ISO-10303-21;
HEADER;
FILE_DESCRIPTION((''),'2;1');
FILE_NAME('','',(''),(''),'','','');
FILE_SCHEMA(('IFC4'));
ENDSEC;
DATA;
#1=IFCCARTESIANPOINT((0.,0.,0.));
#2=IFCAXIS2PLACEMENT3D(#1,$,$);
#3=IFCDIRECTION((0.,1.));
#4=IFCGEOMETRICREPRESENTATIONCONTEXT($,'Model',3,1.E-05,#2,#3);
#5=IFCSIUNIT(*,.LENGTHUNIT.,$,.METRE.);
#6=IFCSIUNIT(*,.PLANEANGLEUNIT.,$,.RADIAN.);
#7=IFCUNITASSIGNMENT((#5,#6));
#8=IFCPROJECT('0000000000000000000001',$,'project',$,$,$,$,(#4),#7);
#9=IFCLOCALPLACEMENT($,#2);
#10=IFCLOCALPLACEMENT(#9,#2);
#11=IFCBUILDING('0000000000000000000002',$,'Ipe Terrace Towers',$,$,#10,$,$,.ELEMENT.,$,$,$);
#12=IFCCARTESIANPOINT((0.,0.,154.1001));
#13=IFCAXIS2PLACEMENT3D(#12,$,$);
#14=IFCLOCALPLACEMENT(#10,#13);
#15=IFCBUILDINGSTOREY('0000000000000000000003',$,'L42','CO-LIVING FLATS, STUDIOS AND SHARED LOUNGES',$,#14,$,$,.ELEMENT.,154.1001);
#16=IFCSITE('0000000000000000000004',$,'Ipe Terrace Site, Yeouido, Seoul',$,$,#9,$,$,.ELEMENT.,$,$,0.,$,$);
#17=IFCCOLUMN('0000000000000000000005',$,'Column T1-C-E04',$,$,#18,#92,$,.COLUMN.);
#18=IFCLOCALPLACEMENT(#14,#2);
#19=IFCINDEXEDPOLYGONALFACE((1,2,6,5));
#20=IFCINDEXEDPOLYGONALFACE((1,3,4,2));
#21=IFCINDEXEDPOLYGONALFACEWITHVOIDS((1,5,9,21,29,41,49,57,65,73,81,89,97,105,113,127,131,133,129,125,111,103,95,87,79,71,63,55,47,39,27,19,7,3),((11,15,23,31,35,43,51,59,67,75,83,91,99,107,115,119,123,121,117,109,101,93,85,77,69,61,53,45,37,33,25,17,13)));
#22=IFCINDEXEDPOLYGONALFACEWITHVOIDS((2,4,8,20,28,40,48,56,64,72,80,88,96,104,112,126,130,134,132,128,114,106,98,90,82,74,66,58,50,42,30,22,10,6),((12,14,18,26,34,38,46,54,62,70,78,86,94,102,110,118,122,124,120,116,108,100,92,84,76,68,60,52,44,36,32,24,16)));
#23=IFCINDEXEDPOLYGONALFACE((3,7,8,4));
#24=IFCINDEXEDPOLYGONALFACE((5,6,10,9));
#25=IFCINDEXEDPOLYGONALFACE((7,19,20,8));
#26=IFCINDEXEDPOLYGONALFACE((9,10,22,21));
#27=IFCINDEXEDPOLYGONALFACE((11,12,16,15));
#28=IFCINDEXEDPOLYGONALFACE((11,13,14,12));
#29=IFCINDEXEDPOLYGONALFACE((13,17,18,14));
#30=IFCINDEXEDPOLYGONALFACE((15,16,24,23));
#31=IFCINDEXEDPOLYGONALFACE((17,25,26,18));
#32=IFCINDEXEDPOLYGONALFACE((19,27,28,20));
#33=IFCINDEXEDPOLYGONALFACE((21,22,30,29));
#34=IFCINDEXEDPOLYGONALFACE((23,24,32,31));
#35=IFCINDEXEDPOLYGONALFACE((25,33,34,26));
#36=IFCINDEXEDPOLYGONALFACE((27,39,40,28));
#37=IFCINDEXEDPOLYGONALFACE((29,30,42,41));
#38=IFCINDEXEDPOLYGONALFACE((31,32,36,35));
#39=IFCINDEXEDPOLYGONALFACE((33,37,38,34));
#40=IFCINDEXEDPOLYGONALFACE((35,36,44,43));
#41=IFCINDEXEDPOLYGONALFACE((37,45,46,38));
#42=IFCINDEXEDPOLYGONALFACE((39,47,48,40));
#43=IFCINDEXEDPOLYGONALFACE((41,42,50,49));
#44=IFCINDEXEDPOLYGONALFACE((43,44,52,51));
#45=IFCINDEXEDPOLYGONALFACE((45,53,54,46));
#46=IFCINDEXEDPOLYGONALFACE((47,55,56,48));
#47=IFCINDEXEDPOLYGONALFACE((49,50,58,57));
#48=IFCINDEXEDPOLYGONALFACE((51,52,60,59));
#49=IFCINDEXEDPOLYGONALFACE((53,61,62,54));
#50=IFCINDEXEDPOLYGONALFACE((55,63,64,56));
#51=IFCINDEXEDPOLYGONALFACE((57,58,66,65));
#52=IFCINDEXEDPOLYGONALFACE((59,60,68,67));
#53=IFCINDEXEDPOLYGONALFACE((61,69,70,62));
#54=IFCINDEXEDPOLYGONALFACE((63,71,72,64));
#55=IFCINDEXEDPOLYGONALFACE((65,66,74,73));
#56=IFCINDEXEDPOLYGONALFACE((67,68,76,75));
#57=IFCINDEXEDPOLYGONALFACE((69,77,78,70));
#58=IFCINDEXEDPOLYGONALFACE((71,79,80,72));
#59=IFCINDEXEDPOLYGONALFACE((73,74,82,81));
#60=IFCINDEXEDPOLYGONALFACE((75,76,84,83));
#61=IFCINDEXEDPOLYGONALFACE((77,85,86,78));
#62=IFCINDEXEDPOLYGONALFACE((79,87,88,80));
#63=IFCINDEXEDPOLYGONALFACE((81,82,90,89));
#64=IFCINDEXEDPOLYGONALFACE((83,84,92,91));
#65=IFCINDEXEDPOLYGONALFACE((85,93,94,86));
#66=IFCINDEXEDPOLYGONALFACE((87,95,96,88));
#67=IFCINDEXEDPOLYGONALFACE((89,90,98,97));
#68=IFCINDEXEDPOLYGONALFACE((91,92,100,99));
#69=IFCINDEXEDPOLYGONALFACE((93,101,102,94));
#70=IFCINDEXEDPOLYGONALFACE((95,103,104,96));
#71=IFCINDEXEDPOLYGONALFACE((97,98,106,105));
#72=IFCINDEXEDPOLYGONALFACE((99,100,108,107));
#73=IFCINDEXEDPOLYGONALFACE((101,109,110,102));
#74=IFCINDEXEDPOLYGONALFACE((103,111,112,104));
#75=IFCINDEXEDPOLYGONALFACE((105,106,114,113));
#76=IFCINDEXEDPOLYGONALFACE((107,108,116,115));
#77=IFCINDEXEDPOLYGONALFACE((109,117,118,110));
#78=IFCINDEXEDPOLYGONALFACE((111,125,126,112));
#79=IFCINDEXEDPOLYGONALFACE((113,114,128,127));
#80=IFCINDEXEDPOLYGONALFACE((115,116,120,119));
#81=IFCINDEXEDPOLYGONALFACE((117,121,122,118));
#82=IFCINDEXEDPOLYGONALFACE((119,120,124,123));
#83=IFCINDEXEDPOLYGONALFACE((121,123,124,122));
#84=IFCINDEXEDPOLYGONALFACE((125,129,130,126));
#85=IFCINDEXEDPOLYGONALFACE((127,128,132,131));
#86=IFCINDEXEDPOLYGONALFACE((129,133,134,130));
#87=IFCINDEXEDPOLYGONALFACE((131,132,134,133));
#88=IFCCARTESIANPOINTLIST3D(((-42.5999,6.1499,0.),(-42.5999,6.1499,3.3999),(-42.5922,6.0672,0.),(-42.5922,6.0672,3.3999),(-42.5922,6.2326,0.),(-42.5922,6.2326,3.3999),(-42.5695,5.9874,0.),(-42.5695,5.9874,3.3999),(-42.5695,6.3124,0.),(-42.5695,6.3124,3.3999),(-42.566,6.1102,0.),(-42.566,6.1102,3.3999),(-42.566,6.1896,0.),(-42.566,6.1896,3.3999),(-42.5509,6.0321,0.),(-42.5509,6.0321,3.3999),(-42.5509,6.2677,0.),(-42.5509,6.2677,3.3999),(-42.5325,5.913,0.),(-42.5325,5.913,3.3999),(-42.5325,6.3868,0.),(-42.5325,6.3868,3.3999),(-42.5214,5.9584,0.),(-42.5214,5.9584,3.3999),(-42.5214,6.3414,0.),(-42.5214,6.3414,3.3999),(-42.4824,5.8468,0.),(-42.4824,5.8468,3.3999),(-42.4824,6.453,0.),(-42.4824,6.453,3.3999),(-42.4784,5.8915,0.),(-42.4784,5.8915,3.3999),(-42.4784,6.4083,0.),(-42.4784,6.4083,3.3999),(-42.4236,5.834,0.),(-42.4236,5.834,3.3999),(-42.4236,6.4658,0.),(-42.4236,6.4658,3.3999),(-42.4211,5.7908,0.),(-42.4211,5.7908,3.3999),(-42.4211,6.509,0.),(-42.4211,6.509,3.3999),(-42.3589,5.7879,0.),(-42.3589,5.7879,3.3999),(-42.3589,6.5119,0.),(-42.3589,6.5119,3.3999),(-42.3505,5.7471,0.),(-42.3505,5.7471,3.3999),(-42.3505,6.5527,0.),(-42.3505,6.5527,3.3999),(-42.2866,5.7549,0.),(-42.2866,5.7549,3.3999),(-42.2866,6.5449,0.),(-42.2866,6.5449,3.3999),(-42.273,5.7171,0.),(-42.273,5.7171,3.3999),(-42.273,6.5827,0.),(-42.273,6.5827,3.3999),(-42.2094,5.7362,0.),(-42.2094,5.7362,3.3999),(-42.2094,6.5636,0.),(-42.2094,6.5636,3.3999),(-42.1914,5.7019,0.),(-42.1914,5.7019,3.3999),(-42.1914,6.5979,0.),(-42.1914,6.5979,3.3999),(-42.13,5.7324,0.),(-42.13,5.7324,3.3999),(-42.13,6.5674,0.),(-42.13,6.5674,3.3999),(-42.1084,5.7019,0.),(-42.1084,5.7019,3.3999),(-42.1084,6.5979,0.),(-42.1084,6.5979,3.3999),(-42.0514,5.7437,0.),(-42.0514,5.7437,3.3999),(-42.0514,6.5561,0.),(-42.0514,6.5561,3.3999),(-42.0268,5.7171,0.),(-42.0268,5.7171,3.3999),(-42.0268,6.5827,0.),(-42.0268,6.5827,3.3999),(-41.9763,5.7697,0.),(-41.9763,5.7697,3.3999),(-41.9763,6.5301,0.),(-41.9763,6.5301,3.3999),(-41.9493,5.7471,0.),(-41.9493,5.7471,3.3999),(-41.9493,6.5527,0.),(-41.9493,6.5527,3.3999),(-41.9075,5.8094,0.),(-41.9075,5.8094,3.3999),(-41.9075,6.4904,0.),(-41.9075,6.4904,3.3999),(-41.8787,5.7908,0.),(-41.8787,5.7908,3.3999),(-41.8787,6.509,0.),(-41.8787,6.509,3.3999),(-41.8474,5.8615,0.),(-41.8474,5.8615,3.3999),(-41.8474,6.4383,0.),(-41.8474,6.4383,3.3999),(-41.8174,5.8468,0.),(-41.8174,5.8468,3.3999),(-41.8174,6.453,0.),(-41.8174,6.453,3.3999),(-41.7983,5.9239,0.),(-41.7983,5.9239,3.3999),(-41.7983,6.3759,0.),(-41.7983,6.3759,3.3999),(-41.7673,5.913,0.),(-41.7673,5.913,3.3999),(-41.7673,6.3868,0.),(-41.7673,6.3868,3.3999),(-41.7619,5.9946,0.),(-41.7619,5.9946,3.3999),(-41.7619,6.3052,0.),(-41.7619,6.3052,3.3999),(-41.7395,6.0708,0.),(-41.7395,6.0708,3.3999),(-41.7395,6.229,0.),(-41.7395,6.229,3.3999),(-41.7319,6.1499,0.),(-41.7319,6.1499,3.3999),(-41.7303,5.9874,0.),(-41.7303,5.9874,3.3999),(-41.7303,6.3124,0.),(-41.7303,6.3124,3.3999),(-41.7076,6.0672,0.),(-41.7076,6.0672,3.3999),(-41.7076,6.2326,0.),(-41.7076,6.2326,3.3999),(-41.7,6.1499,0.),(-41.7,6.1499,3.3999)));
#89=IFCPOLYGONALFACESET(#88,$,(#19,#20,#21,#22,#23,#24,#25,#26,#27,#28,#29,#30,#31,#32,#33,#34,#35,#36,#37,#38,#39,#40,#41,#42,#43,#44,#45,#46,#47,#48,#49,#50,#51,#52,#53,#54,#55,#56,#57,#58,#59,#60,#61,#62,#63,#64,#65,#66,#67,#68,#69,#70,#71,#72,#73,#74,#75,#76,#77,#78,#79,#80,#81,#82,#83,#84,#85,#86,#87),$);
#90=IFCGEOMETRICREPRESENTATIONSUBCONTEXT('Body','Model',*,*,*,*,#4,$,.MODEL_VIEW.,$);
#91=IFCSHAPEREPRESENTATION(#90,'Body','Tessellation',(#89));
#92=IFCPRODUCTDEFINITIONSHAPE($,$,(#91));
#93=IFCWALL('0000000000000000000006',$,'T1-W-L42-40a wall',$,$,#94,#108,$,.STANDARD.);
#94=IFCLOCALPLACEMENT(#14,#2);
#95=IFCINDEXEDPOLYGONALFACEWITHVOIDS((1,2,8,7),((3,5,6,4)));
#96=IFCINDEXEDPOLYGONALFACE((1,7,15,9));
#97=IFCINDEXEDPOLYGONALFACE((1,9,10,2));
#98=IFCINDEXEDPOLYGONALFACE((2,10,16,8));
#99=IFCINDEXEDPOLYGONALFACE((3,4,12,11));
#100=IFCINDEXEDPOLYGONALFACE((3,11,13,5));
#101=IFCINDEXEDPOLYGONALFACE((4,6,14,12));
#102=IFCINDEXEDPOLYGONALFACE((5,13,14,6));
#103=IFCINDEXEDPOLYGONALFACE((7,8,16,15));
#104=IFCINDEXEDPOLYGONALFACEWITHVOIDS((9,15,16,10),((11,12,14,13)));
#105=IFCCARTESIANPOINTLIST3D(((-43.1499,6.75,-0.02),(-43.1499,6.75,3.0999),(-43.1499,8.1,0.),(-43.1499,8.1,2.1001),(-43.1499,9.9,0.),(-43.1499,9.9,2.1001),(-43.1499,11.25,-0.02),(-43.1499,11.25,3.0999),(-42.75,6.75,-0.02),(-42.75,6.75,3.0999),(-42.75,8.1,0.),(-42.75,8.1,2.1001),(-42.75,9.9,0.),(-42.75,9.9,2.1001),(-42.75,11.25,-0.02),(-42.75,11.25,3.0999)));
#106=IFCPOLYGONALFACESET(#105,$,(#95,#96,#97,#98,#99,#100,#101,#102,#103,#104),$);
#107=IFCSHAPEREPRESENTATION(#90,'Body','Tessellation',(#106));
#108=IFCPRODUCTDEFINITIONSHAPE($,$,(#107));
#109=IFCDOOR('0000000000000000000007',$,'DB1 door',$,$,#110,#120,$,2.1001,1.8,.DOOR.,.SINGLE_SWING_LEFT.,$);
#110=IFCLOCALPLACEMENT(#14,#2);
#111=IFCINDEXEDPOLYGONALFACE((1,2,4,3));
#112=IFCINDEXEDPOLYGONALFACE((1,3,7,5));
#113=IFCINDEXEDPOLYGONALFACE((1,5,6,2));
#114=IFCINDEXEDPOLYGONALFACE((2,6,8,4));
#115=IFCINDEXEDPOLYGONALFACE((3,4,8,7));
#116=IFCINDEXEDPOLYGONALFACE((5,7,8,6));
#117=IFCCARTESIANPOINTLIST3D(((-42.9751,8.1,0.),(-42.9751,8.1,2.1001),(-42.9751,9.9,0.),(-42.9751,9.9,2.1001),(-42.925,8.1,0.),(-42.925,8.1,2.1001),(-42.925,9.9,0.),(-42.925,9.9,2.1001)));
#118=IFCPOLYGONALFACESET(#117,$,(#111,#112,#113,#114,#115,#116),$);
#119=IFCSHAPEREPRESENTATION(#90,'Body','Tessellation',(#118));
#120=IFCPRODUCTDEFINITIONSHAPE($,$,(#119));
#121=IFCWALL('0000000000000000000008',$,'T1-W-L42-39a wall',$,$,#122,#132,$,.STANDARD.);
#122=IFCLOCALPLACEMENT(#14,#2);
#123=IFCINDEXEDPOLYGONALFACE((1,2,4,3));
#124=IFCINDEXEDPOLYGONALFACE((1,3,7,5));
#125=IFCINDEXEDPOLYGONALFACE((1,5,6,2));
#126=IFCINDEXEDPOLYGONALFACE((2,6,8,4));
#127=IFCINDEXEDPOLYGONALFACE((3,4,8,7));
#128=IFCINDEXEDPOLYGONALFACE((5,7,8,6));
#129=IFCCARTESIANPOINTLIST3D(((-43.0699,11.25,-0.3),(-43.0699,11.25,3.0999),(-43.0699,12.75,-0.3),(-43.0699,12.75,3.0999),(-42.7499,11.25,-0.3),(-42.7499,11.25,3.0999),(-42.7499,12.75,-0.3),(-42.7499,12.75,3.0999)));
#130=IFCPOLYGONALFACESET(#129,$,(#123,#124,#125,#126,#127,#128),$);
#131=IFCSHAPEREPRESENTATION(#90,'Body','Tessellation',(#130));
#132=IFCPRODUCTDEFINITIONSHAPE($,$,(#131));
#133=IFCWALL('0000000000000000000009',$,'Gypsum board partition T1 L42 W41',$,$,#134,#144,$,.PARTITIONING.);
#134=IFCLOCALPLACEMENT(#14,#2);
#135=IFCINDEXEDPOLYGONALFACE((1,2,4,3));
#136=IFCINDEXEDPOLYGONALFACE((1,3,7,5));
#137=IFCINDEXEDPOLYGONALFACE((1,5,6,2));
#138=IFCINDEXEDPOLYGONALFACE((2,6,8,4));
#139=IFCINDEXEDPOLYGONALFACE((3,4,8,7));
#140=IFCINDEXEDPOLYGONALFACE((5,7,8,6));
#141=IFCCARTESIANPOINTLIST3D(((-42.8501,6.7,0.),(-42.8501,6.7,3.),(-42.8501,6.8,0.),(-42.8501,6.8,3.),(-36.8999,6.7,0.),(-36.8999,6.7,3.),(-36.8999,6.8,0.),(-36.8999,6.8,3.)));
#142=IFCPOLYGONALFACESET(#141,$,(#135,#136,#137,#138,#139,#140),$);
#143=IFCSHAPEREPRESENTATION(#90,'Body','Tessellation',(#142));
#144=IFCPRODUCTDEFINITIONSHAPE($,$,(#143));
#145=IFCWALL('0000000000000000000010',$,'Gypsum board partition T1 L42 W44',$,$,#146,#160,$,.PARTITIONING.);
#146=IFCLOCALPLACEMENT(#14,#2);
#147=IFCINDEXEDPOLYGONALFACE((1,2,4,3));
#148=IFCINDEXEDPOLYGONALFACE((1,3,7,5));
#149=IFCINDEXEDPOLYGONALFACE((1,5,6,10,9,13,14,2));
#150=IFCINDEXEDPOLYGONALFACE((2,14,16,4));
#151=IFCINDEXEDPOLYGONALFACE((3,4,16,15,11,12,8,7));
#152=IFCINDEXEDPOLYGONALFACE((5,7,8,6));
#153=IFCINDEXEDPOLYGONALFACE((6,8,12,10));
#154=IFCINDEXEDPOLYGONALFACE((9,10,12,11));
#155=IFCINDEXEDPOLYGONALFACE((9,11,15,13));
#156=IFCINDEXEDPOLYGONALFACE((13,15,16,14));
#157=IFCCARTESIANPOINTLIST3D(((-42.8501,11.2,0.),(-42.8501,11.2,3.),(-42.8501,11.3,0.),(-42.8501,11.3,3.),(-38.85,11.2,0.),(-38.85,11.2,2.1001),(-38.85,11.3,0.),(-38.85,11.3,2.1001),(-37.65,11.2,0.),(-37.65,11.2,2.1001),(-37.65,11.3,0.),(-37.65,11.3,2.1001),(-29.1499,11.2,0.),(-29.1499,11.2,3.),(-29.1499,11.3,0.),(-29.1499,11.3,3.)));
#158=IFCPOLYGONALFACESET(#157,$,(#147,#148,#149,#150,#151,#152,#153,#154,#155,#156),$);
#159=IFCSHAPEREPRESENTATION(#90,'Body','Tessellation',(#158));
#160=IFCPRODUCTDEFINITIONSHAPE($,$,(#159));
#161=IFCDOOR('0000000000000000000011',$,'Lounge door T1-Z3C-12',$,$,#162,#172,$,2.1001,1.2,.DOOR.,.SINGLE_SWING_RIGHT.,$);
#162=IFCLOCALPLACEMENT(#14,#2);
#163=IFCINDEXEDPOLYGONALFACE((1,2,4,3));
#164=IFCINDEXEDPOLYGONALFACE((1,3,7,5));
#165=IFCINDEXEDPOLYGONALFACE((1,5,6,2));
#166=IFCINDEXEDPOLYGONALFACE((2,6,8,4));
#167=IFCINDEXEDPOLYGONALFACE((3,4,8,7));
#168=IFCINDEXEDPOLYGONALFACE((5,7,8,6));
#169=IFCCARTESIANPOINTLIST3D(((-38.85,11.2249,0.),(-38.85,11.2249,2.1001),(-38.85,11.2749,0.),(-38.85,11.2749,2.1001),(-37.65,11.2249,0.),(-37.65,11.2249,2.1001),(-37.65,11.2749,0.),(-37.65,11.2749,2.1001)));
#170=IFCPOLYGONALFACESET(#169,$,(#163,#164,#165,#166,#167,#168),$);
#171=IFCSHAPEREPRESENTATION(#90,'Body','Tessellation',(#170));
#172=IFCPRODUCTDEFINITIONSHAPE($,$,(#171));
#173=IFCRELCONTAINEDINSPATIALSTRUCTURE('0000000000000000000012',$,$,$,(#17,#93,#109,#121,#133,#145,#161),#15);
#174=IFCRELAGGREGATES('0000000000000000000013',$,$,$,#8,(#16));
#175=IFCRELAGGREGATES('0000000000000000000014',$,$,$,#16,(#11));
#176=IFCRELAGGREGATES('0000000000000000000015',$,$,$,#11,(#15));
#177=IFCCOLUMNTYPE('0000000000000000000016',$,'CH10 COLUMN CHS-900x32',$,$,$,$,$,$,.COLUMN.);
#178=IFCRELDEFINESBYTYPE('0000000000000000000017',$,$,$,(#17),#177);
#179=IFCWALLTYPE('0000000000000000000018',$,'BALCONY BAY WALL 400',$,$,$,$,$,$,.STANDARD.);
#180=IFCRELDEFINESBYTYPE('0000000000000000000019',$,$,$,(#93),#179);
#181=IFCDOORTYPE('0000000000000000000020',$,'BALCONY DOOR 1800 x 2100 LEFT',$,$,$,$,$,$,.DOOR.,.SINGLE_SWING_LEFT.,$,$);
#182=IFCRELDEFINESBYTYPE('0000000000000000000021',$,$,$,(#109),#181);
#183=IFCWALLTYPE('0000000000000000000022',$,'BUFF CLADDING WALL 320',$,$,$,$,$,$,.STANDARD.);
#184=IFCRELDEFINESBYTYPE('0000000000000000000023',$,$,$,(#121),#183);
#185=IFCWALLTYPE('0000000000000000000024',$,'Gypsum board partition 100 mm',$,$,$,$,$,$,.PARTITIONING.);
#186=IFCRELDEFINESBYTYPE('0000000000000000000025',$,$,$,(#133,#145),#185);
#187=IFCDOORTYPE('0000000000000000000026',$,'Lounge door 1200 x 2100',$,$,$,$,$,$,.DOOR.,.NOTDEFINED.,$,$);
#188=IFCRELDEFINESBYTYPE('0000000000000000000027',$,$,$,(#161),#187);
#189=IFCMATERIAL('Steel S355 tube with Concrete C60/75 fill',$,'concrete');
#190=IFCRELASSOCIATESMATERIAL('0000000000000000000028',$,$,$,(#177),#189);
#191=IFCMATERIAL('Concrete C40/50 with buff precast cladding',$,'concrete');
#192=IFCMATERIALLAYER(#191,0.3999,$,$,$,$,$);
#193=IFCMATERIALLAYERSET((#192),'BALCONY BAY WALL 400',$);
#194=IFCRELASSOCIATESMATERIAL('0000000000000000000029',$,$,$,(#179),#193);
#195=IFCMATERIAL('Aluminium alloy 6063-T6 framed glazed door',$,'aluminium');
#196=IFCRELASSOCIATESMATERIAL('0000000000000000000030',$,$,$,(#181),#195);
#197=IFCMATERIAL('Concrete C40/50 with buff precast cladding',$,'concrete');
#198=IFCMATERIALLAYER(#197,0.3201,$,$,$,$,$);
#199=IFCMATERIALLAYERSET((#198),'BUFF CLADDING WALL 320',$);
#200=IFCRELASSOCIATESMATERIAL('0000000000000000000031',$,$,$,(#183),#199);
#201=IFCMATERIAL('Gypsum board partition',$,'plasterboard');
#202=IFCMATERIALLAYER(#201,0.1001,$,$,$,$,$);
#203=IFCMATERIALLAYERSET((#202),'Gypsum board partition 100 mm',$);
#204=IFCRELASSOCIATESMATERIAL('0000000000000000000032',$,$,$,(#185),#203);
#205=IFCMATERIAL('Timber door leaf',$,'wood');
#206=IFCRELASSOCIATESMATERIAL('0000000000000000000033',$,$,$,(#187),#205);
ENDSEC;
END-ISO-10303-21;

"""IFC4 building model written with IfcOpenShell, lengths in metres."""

from ifc_helpers import new_model, si_unit, direction, frame, frame_2d, origin, origin_2d, place, context, subcontext, project, spatial, rectangle, hollow_circle, extrude, material, layer, layer_set, material_profile, profile_set, type_object, element, fill, save


model = new_model("IFC4")

# Units and contexts
model_context = context("Model", 3, precision=1e-05, world=origin(), true_north=direction((0.0, 1.0)))
body_context = subcontext(model_context, "Body", "Model", "MODEL_VIEW")
ifc_project = project(units=[si_unit("LENGTHUNIT", "METRE"), si_unit("PLANEANGLEUNIT", "RADIAN")], contexts=[model_context])

# Site, building, storey
site_placement = place(None, origin())
site = spatial("IfcSite", under=ifc_project, at=site_placement, Name="Ipe Terrace Site, Yeouido, Seoul", CompositionType="ELEMENT", RefElevation=0.0)
building_placement = place(site_placement, origin())
building = spatial("IfcBuilding", under=site, at=building_placement, Name="Ipe Terrace Towers", CompositionType="ELEMENT")
storey_placement = place(building_placement, frame((0.0, 0.0, 154.1001)))
storey = spatial("IfcBuildingStorey", under=building, at=storey_placement, Name="L42", Description="CO-LIVING FLATS, STUDIOS AND SHARED LOUNGES", CompositionType="ELEMENT", Elevation=154.1001)

# Column
ifc_material_1 = material(Name="Steel S355 tube with Concrete C60/75 fill", Category="concrete")
ifc_material_profile = material_profile(ifc_material_1, hollow_circle(Radius=0.45, WallThickness=0.032, at=origin_2d()), Name="CHS-900x32")
ifc_profile_set = profile_set([ifc_material_profile], Name="Steel S355 tube with Concrete C60/75 fill")
column_type = type_object("IfcColumnType", Name="CH10 COLUMN CHS-900x32", PredefinedType="COLUMN", material=ifc_profile_set)
column_placement = place(storey_placement, frame((-42.1499, 6.1499, 0.0), z_axis=(0.0, 0.0, 1.0), x_axis=(1.0, 0.0, 0.0)))
element("IfcColumn", 1, at=column_placement, inside=storey, type_object=column_type, Name="Column T1-C-E04", PredefinedType="COLUMN", context=body_context, shape_type="SweptSolid", body=[
    extrude(hollow_circle(Radius=0.45, WallThickness=0.032, at=origin_2d()), origin(), (0.0, 0.0, 1.0), 3.3999),
])

# Wall, opening, door
ifc_material_2 = material(Name="Concrete C40/50 with buff precast cladding", Category="concrete")
ifc_layer_1 = layer(ifc_material_2, 0.3999)
ifc_layer_set_1 = layer_set([ifc_layer_1], Name="BALCONY BAY WALL 400")
wall_type_1 = type_object("IfcWallType", Name="BALCONY BAY WALL 400", PredefinedType="STANDARD", material=ifc_layer_set_1)
wall_1_placement = place(storey_placement, frame((-42.95, 11.25, -0.02), z_axis=(0.0, 0.0, 1.0), x_axis=(0.0, -1.0, 0.0)))
wall_1 = element("IfcWall", 2, at=wall_1_placement, inside=storey, type_object=wall_type_1, Name="T1-W-L42-40a wall", PredefinedType="STANDARD", context=body_context, shape_type="SweptSolid", body=[
    extrude(rectangle(XDim=4.5, YDim=0.3999, at=frame_2d((2.25, 0.0))), origin(), (0.0, 0.0, 1.0), 3.1199),
])
opening_1_placement = place(wall_1_placement, frame((1.3501, 0.0, 0.02)))
opening_1 = element("IfcOpeningElement", 3, at=opening_1_placement, cuts=wall_1, PredefinedType="OPENING", context=body_context, shape_type="SweptSolid", body=[
    extrude(rectangle(XDim=1.8, YDim=2.1001, at=frame_2d((0.8999, 1.05))), frame((0.0, 0.21, 0.0), z_axis=(0.0, -1.0, 0.0), x_axis=(1.0, 0.0, 0.0)), (0.0, 0.0, 1.0), 0.4199),
])
ifc_material_3 = material(Name="Aluminium alloy 6063-T6 framed glazed door", Category="aluminium")
door_type_1 = type_object("IfcDoorType", Name="BALCONY DOOR 1800 x 2100 LEFT", OperationType="SINGLE_SWING_LEFT", PredefinedType="DOOR", material=ifc_material_3)
door_1_placement = place(opening_1_placement, origin())
door_1 = element("IfcDoor", 4, at=door_1_placement, inside=storey, type_object=door_type_1, Name="DB1 door", OperationType="SINGLE_SWING_LEFT", OverallHeight=2.1001, OverallWidth=1.8, PredefinedType="DOOR", context=body_context, shape_type="SweptSolid", body=[
    extrude(rectangle(XDim=1.8, YDim=2.1001, at=frame_2d((0.8999, 1.05))), frame((0.0, 0.0249, 0.0), z_axis=(0.0, -1.0, 0.0), x_axis=(1.0, 0.0, 0.0)), (0.0, 0.0, 1.0), 0.05),
])
fill(opening_1, door_1)

# Walls
ifc_material_4 = material(Name="Concrete C40/50 with buff precast cladding", Category="concrete")
ifc_layer_2 = layer(ifc_material_4, 0.3201)
ifc_layer_set_2 = layer_set([ifc_layer_2], Name="BUFF CLADDING WALL 320")
wall_type_2 = type_object("IfcWallType", Name="BUFF CLADDING WALL 320", PredefinedType="STANDARD", material=ifc_layer_set_2)
wall_2_placement = place(storey_placement, frame((-42.9099, 12.75, -0.3), z_axis=(0.0, 0.0, 1.0), x_axis=(0.0, -1.0, 0.0)))
element("IfcWall", 5, at=wall_2_placement, inside=storey, type_object=wall_type_2, Name="T1-W-L42-39a wall", PredefinedType="STANDARD", context=body_context, shape_type="SweptSolid", body=[
    extrude(rectangle(XDim=1.5, YDim=0.3201, at=frame_2d((0.75, 0.0))), origin(), (0.0, 0.0, 1.0), 3.3999),
])
ifc_material_5 = material(Name="Gypsum board partition", Category="plasterboard")
ifc_layer_3 = layer(ifc_material_5, 0.1001)
ifc_layer_set_3 = layer_set([ifc_layer_3], Name="Gypsum board partition 100 mm")
wall_type_3 = type_object("IfcWallType", Name="Gypsum board partition 100 mm", PredefinedType="PARTITIONING", material=ifc_layer_set_3)
wall_3_placement = place(storey_placement, frame((-42.8501, 6.75, 0.0), z_axis=(0.0, 0.0, 1.0), x_axis=(1.0, 0.0, 0.0)))
element("IfcWall", 6, at=wall_3_placement, inside=storey, type_object=wall_type_3, Name="Gypsum board partition T1 L42 W41", PredefinedType="PARTITIONING", context=body_context, shape_type="SweptSolid", body=[
    extrude(rectangle(XDim=5.9502, YDim=0.1001, at=frame_2d((2.9751, 0.0))), origin(), (0.0, 0.0, 1.0), 3.0),
])

# Wall, opening, door
wall_4_placement = place(storey_placement, frame((-42.8501, 11.25, 0.0), z_axis=(0.0, 0.0, 1.0), x_axis=(1.0, 0.0, 0.0)))
wall_4 = element("IfcWall", 7, at=wall_4_placement, inside=storey, type_object=wall_type_3, Name="Gypsum board partition T1 L42 W44", PredefinedType="PARTITIONING", context=body_context, shape_type="SweptSolid", body=[
    extrude(rectangle(XDim=13.7002, YDim=0.1001, at=frame_2d((6.8501, 0.0))), origin(), (0.0, 0.0, 1.0), 3.0),
])
opening_2_placement = place(wall_4_placement, frame((4.0, 0.0, 0.0)))
opening_2 = element("IfcOpeningElement", 8, at=opening_2_placement, cuts=wall_4, PredefinedType="OPENING", context=body_context, shape_type="SweptSolid", body=[
    extrude(rectangle(XDim=1.2, YDim=2.1001, at=frame_2d((0.6001, 1.05))), frame((0.0, 0.0601, 0.0), z_axis=(0.0, -1.0, 0.0), x_axis=(1.0, 0.0, 0.0)), (0.0, 0.0, 1.0), 0.1201),
])
ifc_material_6 = material(Name="Timber door leaf", Category="wood")
door_type_2 = type_object("IfcDoorType", Name="Lounge door 1200 x 2100", OperationType="NOTDEFINED", PredefinedType="DOOR", material=ifc_material_6)
door_2_placement = place(opening_2_placement, origin())
door_2 = element("IfcDoor", 9, at=door_2_placement, inside=storey, type_object=door_type_2, Name="Lounge door T1-Z3C-12", OperationType="SINGLE_SWING_RIGHT", OverallHeight=2.1001, OverallWidth=1.2, PredefinedType="DOOR", context=body_context, shape_type="SweptSolid", body=[
    extrude(rectangle(XDim=1.2, YDim=2.1001, at=frame_2d((0.6001, 1.05))), frame((0.0, 0.0249, 0.0), z_axis=(0.0, -1.0, 0.0), x_axis=(1.0, 0.0, 0.0)), (0.0, 0.0, 1.0), 0.05),
])
fill(opening_2, door_2)

save(model, "model.ifc")
